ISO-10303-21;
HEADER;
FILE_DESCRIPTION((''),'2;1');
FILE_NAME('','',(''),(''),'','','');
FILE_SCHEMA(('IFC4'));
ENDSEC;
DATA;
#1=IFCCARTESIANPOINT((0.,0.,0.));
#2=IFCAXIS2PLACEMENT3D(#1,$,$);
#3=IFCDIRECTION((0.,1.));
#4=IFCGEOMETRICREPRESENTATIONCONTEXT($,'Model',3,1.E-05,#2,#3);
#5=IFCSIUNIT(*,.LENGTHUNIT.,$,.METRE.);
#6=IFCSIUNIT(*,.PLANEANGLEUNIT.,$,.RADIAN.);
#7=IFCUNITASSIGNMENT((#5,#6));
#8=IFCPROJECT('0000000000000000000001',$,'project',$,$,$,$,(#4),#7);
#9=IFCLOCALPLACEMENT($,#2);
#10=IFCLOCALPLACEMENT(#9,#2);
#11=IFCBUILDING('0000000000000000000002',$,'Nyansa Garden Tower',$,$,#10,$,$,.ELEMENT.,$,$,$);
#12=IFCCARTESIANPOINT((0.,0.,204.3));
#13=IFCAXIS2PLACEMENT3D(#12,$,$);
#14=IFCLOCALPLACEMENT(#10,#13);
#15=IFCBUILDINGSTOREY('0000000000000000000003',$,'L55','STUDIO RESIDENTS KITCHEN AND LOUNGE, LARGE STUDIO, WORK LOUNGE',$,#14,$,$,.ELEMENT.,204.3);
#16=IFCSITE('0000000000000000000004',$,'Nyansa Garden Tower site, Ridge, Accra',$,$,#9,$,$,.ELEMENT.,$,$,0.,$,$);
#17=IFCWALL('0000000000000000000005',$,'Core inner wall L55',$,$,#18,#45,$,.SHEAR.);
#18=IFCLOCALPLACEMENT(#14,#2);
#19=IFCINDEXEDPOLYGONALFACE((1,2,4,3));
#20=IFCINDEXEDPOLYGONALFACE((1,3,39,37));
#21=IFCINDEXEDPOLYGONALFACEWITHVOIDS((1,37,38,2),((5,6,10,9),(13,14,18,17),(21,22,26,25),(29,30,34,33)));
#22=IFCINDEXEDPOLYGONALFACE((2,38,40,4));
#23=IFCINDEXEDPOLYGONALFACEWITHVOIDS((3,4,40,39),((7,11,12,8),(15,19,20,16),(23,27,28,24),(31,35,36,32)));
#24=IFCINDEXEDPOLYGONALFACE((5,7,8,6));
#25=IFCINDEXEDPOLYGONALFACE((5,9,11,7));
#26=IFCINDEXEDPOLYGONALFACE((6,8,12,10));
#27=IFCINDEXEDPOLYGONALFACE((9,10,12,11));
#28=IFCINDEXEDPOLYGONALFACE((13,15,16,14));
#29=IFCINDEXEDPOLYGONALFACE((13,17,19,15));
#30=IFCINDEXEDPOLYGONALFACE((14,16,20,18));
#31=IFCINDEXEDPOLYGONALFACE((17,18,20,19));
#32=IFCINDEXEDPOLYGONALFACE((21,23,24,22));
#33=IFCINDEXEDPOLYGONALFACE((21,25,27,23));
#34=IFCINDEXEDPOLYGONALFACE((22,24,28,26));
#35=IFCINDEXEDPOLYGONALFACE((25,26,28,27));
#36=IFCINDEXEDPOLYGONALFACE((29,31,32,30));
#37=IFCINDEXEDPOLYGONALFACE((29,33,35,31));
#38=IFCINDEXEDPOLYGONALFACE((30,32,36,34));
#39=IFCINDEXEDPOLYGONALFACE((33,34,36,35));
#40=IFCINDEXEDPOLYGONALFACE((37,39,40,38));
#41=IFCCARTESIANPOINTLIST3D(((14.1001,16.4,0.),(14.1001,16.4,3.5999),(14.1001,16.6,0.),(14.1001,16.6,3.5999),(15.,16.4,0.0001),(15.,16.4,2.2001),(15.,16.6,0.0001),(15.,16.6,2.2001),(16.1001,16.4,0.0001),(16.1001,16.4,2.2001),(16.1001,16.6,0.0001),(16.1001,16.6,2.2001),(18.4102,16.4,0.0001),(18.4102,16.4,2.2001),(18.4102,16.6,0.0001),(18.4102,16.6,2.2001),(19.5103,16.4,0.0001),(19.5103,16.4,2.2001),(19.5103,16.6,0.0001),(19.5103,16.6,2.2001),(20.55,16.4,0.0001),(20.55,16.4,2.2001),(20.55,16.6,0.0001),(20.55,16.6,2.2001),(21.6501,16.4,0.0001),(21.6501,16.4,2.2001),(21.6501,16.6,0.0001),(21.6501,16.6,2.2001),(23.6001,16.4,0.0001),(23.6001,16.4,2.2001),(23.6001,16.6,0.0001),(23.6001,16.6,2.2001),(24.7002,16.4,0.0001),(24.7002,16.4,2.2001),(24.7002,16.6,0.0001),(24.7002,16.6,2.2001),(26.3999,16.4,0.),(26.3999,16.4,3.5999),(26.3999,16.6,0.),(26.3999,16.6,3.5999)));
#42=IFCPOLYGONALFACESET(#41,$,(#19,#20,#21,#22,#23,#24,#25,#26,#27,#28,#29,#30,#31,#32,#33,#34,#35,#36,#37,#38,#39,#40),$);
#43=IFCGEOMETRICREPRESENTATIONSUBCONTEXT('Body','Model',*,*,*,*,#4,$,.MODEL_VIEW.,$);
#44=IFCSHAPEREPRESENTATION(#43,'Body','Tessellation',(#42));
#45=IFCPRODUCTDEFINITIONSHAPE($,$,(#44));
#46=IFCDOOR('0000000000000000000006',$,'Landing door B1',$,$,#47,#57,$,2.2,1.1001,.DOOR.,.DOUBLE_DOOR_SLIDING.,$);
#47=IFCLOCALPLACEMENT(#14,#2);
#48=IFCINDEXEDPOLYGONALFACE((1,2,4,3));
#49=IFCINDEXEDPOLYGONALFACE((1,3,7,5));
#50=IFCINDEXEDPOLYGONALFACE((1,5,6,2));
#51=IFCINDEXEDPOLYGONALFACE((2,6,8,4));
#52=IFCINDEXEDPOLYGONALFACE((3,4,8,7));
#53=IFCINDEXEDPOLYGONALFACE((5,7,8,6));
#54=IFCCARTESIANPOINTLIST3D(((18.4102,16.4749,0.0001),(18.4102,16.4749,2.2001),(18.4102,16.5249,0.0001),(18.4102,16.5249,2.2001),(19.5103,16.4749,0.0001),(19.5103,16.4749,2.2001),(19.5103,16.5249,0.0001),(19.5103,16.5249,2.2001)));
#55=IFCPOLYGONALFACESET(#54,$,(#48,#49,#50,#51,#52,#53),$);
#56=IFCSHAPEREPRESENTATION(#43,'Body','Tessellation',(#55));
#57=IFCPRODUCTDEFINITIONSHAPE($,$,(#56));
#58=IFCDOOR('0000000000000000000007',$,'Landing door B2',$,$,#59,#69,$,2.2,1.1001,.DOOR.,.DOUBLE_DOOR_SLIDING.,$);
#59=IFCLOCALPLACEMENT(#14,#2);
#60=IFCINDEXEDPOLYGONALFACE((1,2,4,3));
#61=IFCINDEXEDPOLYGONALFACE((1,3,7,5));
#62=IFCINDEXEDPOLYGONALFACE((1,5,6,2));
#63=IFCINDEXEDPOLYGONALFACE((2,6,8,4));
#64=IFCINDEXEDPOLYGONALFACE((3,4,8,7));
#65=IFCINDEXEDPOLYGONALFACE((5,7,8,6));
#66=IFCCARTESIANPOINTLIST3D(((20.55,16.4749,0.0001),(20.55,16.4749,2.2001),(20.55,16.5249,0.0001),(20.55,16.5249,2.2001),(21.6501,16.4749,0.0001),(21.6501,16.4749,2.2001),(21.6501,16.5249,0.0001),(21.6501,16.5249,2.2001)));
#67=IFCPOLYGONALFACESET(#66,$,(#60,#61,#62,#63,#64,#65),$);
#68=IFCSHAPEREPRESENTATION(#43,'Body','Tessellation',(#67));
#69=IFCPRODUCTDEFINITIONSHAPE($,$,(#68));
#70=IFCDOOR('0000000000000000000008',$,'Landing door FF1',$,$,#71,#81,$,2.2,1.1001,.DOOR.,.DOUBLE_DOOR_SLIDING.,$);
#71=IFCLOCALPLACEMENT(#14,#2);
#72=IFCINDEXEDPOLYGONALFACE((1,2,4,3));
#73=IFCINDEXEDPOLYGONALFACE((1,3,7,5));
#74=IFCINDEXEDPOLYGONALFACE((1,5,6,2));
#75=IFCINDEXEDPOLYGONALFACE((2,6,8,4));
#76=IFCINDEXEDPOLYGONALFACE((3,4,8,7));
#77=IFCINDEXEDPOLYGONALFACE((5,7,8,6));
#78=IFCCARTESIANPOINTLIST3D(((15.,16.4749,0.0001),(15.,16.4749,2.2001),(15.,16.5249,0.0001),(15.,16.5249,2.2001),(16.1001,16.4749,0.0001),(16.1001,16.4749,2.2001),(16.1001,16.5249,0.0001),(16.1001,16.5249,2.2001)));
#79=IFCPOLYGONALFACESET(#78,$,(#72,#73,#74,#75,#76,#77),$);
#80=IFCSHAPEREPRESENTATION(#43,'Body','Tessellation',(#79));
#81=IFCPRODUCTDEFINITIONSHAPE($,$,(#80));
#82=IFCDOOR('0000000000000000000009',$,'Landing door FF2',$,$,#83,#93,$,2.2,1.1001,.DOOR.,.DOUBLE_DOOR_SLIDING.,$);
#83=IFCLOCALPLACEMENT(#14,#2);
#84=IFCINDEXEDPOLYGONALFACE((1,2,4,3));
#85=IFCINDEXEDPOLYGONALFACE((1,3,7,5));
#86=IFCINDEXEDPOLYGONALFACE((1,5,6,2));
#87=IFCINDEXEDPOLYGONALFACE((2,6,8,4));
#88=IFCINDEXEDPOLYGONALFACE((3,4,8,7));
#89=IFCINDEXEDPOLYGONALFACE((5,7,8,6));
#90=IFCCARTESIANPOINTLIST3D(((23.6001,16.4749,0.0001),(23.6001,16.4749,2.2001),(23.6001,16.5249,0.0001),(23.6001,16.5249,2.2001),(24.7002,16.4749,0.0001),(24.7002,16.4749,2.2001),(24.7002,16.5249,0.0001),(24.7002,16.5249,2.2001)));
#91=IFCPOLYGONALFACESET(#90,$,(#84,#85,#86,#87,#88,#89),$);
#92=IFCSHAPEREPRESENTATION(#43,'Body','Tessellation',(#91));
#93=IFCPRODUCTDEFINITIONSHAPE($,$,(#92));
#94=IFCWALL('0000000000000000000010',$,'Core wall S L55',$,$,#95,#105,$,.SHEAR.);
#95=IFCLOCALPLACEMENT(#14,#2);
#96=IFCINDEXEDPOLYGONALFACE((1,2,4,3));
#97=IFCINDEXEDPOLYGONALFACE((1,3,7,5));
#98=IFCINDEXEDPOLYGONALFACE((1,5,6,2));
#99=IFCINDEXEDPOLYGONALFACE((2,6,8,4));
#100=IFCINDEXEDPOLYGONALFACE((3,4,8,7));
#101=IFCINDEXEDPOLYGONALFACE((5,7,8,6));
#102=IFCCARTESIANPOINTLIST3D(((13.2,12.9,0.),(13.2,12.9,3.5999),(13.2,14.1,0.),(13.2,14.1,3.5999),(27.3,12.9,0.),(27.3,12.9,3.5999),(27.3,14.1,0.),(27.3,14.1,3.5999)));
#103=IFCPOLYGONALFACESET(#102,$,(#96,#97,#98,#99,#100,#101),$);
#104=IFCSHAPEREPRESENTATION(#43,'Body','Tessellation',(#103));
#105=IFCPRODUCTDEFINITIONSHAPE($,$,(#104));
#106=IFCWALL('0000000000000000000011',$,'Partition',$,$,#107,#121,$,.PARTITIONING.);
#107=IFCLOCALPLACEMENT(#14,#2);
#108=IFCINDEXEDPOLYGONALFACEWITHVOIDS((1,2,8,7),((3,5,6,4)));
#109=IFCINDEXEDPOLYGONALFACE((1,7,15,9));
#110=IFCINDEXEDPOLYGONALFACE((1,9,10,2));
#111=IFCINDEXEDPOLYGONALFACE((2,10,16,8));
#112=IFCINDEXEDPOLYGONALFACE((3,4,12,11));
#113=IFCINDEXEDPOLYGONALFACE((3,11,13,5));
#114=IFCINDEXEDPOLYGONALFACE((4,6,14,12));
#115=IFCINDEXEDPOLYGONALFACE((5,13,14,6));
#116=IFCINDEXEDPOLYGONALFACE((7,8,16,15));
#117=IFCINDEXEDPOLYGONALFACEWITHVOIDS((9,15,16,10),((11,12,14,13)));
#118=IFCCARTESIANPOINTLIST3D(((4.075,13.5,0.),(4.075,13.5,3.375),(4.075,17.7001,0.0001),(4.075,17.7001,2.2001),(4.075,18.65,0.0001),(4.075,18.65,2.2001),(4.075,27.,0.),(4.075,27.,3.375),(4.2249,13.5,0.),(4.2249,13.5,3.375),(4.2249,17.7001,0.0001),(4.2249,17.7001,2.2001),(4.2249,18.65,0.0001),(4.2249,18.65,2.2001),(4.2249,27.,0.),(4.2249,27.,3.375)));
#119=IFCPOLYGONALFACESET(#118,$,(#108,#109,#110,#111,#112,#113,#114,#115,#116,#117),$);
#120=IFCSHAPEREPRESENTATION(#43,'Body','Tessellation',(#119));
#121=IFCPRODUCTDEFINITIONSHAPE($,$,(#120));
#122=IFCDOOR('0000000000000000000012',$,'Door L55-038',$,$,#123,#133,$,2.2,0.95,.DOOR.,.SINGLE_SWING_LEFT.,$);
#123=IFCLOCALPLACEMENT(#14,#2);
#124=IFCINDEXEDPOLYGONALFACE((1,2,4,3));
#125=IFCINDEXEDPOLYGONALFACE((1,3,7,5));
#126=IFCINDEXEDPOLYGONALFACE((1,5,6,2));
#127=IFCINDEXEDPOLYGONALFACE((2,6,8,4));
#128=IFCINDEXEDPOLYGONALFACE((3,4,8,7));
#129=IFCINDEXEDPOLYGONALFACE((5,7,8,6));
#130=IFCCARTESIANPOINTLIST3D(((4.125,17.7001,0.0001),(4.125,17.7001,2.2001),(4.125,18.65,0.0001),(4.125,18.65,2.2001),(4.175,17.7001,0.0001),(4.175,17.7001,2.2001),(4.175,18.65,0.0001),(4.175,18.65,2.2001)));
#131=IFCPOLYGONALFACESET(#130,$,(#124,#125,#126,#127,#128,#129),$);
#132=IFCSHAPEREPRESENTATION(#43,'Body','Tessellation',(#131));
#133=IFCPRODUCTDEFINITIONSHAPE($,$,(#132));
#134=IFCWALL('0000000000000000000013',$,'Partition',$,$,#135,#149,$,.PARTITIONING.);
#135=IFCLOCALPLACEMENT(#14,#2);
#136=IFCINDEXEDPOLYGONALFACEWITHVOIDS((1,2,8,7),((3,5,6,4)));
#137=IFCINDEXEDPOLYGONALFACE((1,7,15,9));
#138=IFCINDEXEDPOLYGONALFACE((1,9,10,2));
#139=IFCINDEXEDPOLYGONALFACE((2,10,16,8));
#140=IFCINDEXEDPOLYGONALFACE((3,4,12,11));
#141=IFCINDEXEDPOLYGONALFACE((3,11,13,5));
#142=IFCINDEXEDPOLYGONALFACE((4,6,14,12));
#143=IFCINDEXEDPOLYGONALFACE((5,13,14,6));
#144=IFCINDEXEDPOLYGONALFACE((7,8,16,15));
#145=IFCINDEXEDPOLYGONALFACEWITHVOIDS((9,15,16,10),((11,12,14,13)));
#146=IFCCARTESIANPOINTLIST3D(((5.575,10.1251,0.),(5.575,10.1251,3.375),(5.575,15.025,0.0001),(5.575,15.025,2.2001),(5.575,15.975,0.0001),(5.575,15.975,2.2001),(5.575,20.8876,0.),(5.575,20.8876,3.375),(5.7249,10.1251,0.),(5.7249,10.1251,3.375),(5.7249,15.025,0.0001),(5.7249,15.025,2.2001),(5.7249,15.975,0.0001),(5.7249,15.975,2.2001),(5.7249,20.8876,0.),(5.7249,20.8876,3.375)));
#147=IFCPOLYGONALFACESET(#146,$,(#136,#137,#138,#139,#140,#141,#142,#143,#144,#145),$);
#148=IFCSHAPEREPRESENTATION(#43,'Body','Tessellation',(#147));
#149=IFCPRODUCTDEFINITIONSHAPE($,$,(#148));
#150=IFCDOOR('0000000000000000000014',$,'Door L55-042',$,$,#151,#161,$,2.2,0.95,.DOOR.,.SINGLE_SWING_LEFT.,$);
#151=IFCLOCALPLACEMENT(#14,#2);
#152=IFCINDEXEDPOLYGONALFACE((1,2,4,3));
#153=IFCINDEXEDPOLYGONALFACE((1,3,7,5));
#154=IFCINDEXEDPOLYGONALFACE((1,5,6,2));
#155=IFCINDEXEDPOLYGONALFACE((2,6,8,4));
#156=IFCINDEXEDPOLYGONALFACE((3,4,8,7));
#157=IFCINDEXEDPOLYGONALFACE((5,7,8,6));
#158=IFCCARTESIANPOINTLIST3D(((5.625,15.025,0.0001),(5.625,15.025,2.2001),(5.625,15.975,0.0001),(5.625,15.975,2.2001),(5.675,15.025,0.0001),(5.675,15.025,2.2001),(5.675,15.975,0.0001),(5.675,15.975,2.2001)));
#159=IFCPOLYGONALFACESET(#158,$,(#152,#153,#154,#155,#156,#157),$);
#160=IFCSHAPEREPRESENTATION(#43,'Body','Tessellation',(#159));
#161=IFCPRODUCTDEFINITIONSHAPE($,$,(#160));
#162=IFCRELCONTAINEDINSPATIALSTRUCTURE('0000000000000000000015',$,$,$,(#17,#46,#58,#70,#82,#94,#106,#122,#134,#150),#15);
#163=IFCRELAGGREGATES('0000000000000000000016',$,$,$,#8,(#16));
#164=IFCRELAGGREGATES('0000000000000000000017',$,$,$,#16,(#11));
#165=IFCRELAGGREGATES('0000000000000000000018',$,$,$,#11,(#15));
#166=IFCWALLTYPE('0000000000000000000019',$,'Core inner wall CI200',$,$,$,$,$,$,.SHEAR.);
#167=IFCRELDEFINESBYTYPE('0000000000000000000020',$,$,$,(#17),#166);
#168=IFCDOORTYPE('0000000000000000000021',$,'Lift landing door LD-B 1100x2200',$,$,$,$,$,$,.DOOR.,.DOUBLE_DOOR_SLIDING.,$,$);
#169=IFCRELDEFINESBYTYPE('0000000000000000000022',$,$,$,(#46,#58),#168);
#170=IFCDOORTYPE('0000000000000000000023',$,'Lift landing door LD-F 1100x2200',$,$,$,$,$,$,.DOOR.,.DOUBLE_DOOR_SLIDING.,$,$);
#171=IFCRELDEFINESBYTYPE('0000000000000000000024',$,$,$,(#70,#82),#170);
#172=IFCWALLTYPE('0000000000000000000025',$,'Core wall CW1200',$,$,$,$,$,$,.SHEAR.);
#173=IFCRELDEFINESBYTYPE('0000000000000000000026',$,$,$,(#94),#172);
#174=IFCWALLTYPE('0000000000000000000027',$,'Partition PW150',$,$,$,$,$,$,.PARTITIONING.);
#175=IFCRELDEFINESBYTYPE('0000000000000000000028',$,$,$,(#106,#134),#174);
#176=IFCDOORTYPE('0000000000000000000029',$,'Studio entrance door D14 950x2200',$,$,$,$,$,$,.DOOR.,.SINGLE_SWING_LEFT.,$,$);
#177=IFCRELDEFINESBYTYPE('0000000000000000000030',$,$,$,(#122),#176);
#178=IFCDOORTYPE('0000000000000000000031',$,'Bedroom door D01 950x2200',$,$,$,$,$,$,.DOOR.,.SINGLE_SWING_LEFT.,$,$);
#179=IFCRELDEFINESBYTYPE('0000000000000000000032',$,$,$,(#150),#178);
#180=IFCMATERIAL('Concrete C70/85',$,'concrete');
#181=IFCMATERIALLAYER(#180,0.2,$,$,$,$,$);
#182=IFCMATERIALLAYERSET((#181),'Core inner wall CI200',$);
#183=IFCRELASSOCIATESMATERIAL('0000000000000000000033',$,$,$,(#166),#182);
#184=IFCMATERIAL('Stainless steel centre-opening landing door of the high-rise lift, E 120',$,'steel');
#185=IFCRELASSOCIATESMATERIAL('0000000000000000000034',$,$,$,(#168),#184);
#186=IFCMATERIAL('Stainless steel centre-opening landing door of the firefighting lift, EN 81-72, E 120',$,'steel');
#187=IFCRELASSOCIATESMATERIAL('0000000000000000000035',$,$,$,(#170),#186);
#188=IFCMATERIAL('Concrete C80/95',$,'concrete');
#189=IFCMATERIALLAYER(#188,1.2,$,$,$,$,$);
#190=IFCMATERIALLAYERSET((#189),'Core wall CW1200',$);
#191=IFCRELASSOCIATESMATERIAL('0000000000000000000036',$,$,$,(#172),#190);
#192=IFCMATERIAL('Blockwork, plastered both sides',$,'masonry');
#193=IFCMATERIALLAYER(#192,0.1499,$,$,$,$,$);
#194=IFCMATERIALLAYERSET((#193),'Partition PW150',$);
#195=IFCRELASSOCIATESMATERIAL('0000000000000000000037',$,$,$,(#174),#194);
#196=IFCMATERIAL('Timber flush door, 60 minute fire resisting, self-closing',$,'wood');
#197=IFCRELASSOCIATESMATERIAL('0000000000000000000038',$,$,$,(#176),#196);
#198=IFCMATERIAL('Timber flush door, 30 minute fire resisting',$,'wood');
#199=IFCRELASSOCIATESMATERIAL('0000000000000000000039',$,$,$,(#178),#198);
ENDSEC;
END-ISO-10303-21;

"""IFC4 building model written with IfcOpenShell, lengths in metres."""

from ifc_helpers import new_model, si_unit, direction, frame, frame_2d, origin, place, context, subcontext, project, spatial, rectangle, extrude, material, layer, layer_set, type_object, element, fill, save


model = new_model("IFC4")

# Units and contexts
model_context = context("Model", 3, precision=1e-05, world=origin(), true_north=direction((0.0, 1.0)))
body_context = subcontext(model_context, "Body", "Model", "MODEL_VIEW")
ifc_project = project(units=[si_unit("LENGTHUNIT", "METRE"), si_unit("PLANEANGLEUNIT", "RADIAN")], contexts=[model_context])

# Site, building, storey
site_placement = place(None, origin())
site = spatial("IfcSite", under=ifc_project, at=site_placement, Name="Nyansa Garden Tower site, Ridge, Accra", CompositionType="ELEMENT", RefElevation=0.0)
building_placement = place(site_placement, origin())
building = spatial("IfcBuilding", under=site, at=building_placement, Name="Nyansa Garden Tower", CompositionType="ELEMENT")
storey_placement = place(building_placement, frame((0.0, 0.0, 204.3)))
storey = spatial("IfcBuildingStorey", under=building, at=storey_placement, Name="L55", Description="STUDIO RESIDENTS KITCHEN AND LOUNGE, LARGE STUDIO, WORK LOUNGE", CompositionType="ELEMENT", Elevation=204.3)

# Wall, openings, doors
ifc_material_1 = material(Name="Concrete C70/85", Category="concrete")
ifc_layer_1 = layer(ifc_material_1, 0.2)
ifc_layer_set_1 = layer_set([ifc_layer_1], Name="Core inner wall CI200")
wall_type_1 = type_object("IfcWallType", Name="Core inner wall CI200", PredefinedType="SHEAR", material=ifc_layer_set_1)
wall_1_placement = place(storey_placement, frame((14.1001, 16.5, 0.0), z_axis=(0.0, 0.0, 1.0), x_axis=(1.0, 0.0, 0.0)))
wall_1 = element("IfcWall", 1, at=wall_1_placement, inside=storey, type_object=wall_type_1, Name="Core inner wall L55", PredefinedType="SHEAR", context=body_context, shape_type="SweptSolid", body=[
    extrude(rectangle(XDim=12.2998, YDim=0.2, at=frame_2d((6.1499, 0.0))), origin(), (0.0, 0.0, 1.0), 3.5999),
])
opening_1_placement = place(wall_1_placement, frame((0.8999, 0.0, 0.0)))
opening_1 = element("IfcOpeningElement", 2, at=opening_1_placement, cuts=wall_1, PredefinedType="OPENING", context=body_context, shape_type="SweptSolid", body=[
    extrude(rectangle(XDim=1.1001, YDim=2.2, at=frame_2d((0.55, 1.1001))), frame((0.0, 0.1099, 0.0), z_axis=(0.0, -1.0, 0.0), x_axis=(1.0, 0.0, 0.0)), (0.0, 0.0, 1.0), 0.22),
])
opening_2_placement = place(wall_1_placement, frame((4.3101, 0.0, 0.0)))
opening_2 = element("IfcOpeningElement", 3, at=opening_2_placement, cuts=wall_1, PredefinedType="OPENING", context=body_context, shape_type="SweptSolid", body=[
    extrude(rectangle(XDim=1.1001, YDim=2.2, at=frame_2d((0.55, 1.1001))), frame((0.0, 0.1099, 0.0), z_axis=(0.0, -1.0, 0.0), x_axis=(1.0, 0.0, 0.0)), (0.0, 0.0, 1.0), 0.22),
])
opening_3_placement = place(wall_1_placement, frame((6.45, 0.0, 0.0)))
opening_3 = element("IfcOpeningElement", 4, at=opening_3_placement, cuts=wall_1, PredefinedType="OPENING", context=body_context, shape_type="SweptSolid", body=[
    extrude(rectangle(XDim=1.1001, YDim=2.2, at=frame_2d((0.55, 1.1001))), frame((0.0, 0.1099, 0.0), z_axis=(0.0, -1.0, 0.0), x_axis=(1.0, 0.0, 0.0)), (0.0, 0.0, 1.0), 0.22),
])
opening_4_placement = place(wall_1_placement, frame((9.5, 0.0, 0.0)))
opening_4 = element("IfcOpeningElement", 5, at=opening_4_placement, cuts=wall_1, PredefinedType="OPENING", context=body_context, shape_type="SweptSolid", body=[
    extrude(rectangle(XDim=1.1001, YDim=2.2, at=frame_2d((0.55, 1.1001))), frame((0.0, 0.1099, 0.0), z_axis=(0.0, -1.0, 0.0), x_axis=(1.0, 0.0, 0.0)), (0.0, 0.0, 1.0), 0.22),
])
ifc_material_2 = material(Name="Stainless steel centre-opening landing door of the high-rise lift, E 120", Category="steel")
door_type_1 = type_object("IfcDoorType", Name="Lift landing door LD-B 1100x2200", OperationType="DOUBLE_DOOR_SLIDING", PredefinedType="DOOR", material=ifc_material_2)
door_1_placement = place(opening_2_placement, origin())
door_1 = element("IfcDoor", 6, at=door_1_placement, inside=storey, type_object=door_type_1, Name="Landing door B1", OperationType="DOUBLE_DOOR_SLIDING", OverallHeight=2.2, OverallWidth=1.1001, PredefinedType="DOOR", context=body_context, shape_type="SweptSolid", body=[
    extrude(rectangle(XDim=1.1001, YDim=2.2, at=frame_2d((0.55, 1.1001))), frame((0.0, 0.0249, 0.0), z_axis=(0.0, -1.0, 0.0), x_axis=(1.0, 0.0, 0.0)), (0.0, 0.0, 1.0), 0.05),
])
fill(opening_2, door_1)
door_2_placement = place(opening_3_placement, origin())
door_2 = element("IfcDoor", 7, at=door_2_placement, inside=storey, type_object=door_type_1, Name="Landing door B2", OperationType="DOUBLE_DOOR_SLIDING", OverallHeight=2.2, OverallWidth=1.1001, PredefinedType="DOOR", context=body_context, shape_type="SweptSolid", body=[
    extrude(rectangle(XDim=1.1001, YDim=2.2, at=frame_2d((0.55, 1.1001))), frame((0.0, 0.0249, 0.0), z_axis=(0.0, -1.0, 0.0), x_axis=(1.0, 0.0, 0.0)), (0.0, 0.0, 1.0), 0.05),
])
fill(opening_3, door_2)
ifc_material_3 = material(Name="Stainless steel centre-opening landing door of the firefighting lift, EN 81-72, E 120", Category="steel")
door_type_2 = type_object("IfcDoorType", Name="Lift landing door LD-F 1100x2200", OperationType="DOUBLE_DOOR_SLIDING", PredefinedType="DOOR", material=ifc_material_3)
door_3_placement = place(opening_1_placement, origin())
door_3 = element("IfcDoor", 8, at=door_3_placement, inside=storey, type_object=door_type_2, Name="Landing door FF1", OperationType="DOUBLE_DOOR_SLIDING", OverallHeight=2.2, OverallWidth=1.1001, PredefinedType="DOOR", context=body_context, shape_type="SweptSolid", body=[
    extrude(rectangle(XDim=1.1001, YDim=2.2, at=frame_2d((0.55, 1.1001))), frame((0.0, 0.0249, 0.0), z_axis=(0.0, -1.0, 0.0), x_axis=(1.0, 0.0, 0.0)), (0.0, 0.0, 1.0), 0.05),
])
fill(opening_1, door_3)
door_4_placement = place(opening_4_placement, origin())
door_4 = element("IfcDoor", 9, at=door_4_placement, inside=storey, type_object=door_type_2, Name="Landing door FF2", OperationType="DOUBLE_DOOR_SLIDING", OverallHeight=2.2, OverallWidth=1.1001, PredefinedType="DOOR", context=body_context, shape_type="SweptSolid", body=[
    extrude(rectangle(XDim=1.1001, YDim=2.2, at=frame_2d((0.55, 1.1001))), frame((0.0, 0.0249, 0.0), z_axis=(0.0, -1.0, 0.0), x_axis=(1.0, 0.0, 0.0)), (0.0, 0.0, 1.0), 0.05),
])
fill(opening_4, door_4)

# Wall
ifc_material_4 = material(Name="Concrete C80/95", Category="concrete")
ifc_layer_2 = layer(ifc_material_4, 1.2)
ifc_layer_set_2 = layer_set([ifc_layer_2], Name="Core wall CW1200")
wall_type_2 = type_object("IfcWallType", Name="Core wall CW1200", PredefinedType="SHEAR", material=ifc_layer_set_2)
wall_2_placement = place(storey_placement, frame((13.2, 13.5, 0.0), z_axis=(0.0, 0.0, 1.0), x_axis=(1.0, 0.0, 0.0)))
element("IfcWall", 10, at=wall_2_placement, inside=storey, type_object=wall_type_2, Name="Core wall S L55", PredefinedType="SHEAR", context=body_context, shape_type="SweptSolid", body=[
    extrude(rectangle(XDim=14.1001, YDim=1.2, at=frame_2d((7.05, 0.0))), origin(), (0.0, 0.0, 1.0), 3.5999),
])

# Walls, openings, doors
ifc_material_5 = material(Name="Blockwork, plastered both sides", Category="masonry")
ifc_layer_3 = layer(ifc_material_5, 0.1499)
ifc_layer_set_3 = layer_set([ifc_layer_3], Name="Partition PW150")
wall_type_3 = type_object("IfcWallType", Name="Partition PW150", PredefinedType="PARTITIONING", material=ifc_layer_set_3)
wall_3_placement = place(storey_placement, frame((4.1499, 13.5, 0.0), z_axis=(0.0, 0.0, 1.0), x_axis=(0.0, 1.0, 0.0)))
wall_3 = element("IfcWall", 11, at=wall_3_placement, inside=storey, type_object=wall_type_3, Name="Partition", PredefinedType="PARTITIONING", context=body_context, shape_type="SweptSolid", body=[
    extrude(rectangle(XDim=13.5, YDim=0.1499, at=frame_2d((6.75, 0.0))), origin(), (0.0, 0.0, 1.0), 3.375),
])
opening_5_placement = place(wall_3_placement, frame((4.2, 0.0, 0.0)))
opening_5 = element("IfcOpeningElement", 12, at=opening_5_placement, cuts=wall_3, PredefinedType="OPENING", context=body_context, shape_type="SweptSolid", body=[
    extrude(rectangle(XDim=0.95, YDim=2.2, at=frame_2d((0.4751, 1.1001))), frame((0.0, 0.085, 0.0), z_axis=(0.0, -1.0, 0.0), x_axis=(1.0, 0.0, 0.0)), (0.0, 0.0, 1.0), 0.1699),
])
ifc_material_6 = material(Name="Timber flush door, 60 minute fire resisting, self-closing", Category="wood")
door_type_3 = type_object("IfcDoorType", Name="Studio entrance door D14 950x2200", OperationType="SINGLE_SWING_LEFT", PredefinedType="DOOR", material=ifc_material_6)
door_5_placement = place(opening_5_placement, origin())
door_5 = element("IfcDoor", 13, at=door_5_placement, inside=storey, type_object=door_type_3, Name="Door L55-038", OperationType="SINGLE_SWING_LEFT", OverallHeight=2.2, OverallWidth=0.95, PredefinedType="DOOR", context=body_context, shape_type="SweptSolid", body=[
    extrude(rectangle(XDim=0.95, YDim=2.2, at=frame_2d((0.4751, 1.1001))), frame((0.0, 0.0249, 0.0), z_axis=(0.0, -1.0, 0.0), x_axis=(1.0, 0.0, 0.0)), (0.0, 0.0, 1.0), 0.05),
])
fill(opening_5, door_5)
wall_4_placement = place(storey_placement, frame((5.6499, 10.125, 0.0), z_axis=(0.0, 0.0, 1.0), x_axis=(0.0, 1.0, 0.0)))
wall_4 = element("IfcWall", 14, at=wall_4_placement, inside=storey, type_object=wall_type_3, Name="Partition", PredefinedType="PARTITIONING", context=body_context, shape_type="SweptSolid", body=[
    extrude(rectangle(XDim=10.7625, YDim=0.1499, at=frame_2d((5.3813, 0.0))), origin(), (0.0, 0.0, 1.0), 3.375),
])
opening_6_placement = place(wall_4_placement, frame((4.8999, 0.0, 0.0)))
opening_6 = element("IfcOpeningElement", 15, at=opening_6_placement, cuts=wall_4, PredefinedType="OPENING", context=body_context, shape_type="SweptSolid", body=[
    extrude(rectangle(XDim=0.95, YDim=2.2, at=frame_2d((0.4751, 1.1001))), frame((0.0, 0.085, 0.0), z_axis=(0.0, -1.0, 0.0), x_axis=(1.0, 0.0, 0.0)), (0.0, 0.0, 1.0), 0.1699),
])
ifc_material_7 = material(Name="Timber flush door, 30 minute fire resisting", Category="wood")
door_type_4 = type_object("IfcDoorType", Name="Bedroom door D01 950x2200", OperationType="SINGLE_SWING_LEFT", PredefinedType="DOOR", material=ifc_material_7)
door_6_placement = place(opening_6_placement, origin())
door_6 = element("IfcDoor", 16, at=door_6_placement, inside=storey, type_object=door_type_4, Name="Door L55-042", OperationType="SINGLE_SWING_LEFT", OverallHeight=2.2, OverallWidth=0.95, PredefinedType="DOOR", context=body_context, shape_type="SweptSolid", body=[
    extrude(rectangle(XDim=0.95, YDim=2.2, at=frame_2d((0.4751, 1.1001))), frame((0.0, 0.0249, 0.0), z_axis=(0.0, -1.0, 0.0), x_axis=(1.0, 0.0, 0.0)), (0.0, 0.0, 1.0), 0.05),
])
fill(opening_6, door_6)

save(model, "model.ifc")
